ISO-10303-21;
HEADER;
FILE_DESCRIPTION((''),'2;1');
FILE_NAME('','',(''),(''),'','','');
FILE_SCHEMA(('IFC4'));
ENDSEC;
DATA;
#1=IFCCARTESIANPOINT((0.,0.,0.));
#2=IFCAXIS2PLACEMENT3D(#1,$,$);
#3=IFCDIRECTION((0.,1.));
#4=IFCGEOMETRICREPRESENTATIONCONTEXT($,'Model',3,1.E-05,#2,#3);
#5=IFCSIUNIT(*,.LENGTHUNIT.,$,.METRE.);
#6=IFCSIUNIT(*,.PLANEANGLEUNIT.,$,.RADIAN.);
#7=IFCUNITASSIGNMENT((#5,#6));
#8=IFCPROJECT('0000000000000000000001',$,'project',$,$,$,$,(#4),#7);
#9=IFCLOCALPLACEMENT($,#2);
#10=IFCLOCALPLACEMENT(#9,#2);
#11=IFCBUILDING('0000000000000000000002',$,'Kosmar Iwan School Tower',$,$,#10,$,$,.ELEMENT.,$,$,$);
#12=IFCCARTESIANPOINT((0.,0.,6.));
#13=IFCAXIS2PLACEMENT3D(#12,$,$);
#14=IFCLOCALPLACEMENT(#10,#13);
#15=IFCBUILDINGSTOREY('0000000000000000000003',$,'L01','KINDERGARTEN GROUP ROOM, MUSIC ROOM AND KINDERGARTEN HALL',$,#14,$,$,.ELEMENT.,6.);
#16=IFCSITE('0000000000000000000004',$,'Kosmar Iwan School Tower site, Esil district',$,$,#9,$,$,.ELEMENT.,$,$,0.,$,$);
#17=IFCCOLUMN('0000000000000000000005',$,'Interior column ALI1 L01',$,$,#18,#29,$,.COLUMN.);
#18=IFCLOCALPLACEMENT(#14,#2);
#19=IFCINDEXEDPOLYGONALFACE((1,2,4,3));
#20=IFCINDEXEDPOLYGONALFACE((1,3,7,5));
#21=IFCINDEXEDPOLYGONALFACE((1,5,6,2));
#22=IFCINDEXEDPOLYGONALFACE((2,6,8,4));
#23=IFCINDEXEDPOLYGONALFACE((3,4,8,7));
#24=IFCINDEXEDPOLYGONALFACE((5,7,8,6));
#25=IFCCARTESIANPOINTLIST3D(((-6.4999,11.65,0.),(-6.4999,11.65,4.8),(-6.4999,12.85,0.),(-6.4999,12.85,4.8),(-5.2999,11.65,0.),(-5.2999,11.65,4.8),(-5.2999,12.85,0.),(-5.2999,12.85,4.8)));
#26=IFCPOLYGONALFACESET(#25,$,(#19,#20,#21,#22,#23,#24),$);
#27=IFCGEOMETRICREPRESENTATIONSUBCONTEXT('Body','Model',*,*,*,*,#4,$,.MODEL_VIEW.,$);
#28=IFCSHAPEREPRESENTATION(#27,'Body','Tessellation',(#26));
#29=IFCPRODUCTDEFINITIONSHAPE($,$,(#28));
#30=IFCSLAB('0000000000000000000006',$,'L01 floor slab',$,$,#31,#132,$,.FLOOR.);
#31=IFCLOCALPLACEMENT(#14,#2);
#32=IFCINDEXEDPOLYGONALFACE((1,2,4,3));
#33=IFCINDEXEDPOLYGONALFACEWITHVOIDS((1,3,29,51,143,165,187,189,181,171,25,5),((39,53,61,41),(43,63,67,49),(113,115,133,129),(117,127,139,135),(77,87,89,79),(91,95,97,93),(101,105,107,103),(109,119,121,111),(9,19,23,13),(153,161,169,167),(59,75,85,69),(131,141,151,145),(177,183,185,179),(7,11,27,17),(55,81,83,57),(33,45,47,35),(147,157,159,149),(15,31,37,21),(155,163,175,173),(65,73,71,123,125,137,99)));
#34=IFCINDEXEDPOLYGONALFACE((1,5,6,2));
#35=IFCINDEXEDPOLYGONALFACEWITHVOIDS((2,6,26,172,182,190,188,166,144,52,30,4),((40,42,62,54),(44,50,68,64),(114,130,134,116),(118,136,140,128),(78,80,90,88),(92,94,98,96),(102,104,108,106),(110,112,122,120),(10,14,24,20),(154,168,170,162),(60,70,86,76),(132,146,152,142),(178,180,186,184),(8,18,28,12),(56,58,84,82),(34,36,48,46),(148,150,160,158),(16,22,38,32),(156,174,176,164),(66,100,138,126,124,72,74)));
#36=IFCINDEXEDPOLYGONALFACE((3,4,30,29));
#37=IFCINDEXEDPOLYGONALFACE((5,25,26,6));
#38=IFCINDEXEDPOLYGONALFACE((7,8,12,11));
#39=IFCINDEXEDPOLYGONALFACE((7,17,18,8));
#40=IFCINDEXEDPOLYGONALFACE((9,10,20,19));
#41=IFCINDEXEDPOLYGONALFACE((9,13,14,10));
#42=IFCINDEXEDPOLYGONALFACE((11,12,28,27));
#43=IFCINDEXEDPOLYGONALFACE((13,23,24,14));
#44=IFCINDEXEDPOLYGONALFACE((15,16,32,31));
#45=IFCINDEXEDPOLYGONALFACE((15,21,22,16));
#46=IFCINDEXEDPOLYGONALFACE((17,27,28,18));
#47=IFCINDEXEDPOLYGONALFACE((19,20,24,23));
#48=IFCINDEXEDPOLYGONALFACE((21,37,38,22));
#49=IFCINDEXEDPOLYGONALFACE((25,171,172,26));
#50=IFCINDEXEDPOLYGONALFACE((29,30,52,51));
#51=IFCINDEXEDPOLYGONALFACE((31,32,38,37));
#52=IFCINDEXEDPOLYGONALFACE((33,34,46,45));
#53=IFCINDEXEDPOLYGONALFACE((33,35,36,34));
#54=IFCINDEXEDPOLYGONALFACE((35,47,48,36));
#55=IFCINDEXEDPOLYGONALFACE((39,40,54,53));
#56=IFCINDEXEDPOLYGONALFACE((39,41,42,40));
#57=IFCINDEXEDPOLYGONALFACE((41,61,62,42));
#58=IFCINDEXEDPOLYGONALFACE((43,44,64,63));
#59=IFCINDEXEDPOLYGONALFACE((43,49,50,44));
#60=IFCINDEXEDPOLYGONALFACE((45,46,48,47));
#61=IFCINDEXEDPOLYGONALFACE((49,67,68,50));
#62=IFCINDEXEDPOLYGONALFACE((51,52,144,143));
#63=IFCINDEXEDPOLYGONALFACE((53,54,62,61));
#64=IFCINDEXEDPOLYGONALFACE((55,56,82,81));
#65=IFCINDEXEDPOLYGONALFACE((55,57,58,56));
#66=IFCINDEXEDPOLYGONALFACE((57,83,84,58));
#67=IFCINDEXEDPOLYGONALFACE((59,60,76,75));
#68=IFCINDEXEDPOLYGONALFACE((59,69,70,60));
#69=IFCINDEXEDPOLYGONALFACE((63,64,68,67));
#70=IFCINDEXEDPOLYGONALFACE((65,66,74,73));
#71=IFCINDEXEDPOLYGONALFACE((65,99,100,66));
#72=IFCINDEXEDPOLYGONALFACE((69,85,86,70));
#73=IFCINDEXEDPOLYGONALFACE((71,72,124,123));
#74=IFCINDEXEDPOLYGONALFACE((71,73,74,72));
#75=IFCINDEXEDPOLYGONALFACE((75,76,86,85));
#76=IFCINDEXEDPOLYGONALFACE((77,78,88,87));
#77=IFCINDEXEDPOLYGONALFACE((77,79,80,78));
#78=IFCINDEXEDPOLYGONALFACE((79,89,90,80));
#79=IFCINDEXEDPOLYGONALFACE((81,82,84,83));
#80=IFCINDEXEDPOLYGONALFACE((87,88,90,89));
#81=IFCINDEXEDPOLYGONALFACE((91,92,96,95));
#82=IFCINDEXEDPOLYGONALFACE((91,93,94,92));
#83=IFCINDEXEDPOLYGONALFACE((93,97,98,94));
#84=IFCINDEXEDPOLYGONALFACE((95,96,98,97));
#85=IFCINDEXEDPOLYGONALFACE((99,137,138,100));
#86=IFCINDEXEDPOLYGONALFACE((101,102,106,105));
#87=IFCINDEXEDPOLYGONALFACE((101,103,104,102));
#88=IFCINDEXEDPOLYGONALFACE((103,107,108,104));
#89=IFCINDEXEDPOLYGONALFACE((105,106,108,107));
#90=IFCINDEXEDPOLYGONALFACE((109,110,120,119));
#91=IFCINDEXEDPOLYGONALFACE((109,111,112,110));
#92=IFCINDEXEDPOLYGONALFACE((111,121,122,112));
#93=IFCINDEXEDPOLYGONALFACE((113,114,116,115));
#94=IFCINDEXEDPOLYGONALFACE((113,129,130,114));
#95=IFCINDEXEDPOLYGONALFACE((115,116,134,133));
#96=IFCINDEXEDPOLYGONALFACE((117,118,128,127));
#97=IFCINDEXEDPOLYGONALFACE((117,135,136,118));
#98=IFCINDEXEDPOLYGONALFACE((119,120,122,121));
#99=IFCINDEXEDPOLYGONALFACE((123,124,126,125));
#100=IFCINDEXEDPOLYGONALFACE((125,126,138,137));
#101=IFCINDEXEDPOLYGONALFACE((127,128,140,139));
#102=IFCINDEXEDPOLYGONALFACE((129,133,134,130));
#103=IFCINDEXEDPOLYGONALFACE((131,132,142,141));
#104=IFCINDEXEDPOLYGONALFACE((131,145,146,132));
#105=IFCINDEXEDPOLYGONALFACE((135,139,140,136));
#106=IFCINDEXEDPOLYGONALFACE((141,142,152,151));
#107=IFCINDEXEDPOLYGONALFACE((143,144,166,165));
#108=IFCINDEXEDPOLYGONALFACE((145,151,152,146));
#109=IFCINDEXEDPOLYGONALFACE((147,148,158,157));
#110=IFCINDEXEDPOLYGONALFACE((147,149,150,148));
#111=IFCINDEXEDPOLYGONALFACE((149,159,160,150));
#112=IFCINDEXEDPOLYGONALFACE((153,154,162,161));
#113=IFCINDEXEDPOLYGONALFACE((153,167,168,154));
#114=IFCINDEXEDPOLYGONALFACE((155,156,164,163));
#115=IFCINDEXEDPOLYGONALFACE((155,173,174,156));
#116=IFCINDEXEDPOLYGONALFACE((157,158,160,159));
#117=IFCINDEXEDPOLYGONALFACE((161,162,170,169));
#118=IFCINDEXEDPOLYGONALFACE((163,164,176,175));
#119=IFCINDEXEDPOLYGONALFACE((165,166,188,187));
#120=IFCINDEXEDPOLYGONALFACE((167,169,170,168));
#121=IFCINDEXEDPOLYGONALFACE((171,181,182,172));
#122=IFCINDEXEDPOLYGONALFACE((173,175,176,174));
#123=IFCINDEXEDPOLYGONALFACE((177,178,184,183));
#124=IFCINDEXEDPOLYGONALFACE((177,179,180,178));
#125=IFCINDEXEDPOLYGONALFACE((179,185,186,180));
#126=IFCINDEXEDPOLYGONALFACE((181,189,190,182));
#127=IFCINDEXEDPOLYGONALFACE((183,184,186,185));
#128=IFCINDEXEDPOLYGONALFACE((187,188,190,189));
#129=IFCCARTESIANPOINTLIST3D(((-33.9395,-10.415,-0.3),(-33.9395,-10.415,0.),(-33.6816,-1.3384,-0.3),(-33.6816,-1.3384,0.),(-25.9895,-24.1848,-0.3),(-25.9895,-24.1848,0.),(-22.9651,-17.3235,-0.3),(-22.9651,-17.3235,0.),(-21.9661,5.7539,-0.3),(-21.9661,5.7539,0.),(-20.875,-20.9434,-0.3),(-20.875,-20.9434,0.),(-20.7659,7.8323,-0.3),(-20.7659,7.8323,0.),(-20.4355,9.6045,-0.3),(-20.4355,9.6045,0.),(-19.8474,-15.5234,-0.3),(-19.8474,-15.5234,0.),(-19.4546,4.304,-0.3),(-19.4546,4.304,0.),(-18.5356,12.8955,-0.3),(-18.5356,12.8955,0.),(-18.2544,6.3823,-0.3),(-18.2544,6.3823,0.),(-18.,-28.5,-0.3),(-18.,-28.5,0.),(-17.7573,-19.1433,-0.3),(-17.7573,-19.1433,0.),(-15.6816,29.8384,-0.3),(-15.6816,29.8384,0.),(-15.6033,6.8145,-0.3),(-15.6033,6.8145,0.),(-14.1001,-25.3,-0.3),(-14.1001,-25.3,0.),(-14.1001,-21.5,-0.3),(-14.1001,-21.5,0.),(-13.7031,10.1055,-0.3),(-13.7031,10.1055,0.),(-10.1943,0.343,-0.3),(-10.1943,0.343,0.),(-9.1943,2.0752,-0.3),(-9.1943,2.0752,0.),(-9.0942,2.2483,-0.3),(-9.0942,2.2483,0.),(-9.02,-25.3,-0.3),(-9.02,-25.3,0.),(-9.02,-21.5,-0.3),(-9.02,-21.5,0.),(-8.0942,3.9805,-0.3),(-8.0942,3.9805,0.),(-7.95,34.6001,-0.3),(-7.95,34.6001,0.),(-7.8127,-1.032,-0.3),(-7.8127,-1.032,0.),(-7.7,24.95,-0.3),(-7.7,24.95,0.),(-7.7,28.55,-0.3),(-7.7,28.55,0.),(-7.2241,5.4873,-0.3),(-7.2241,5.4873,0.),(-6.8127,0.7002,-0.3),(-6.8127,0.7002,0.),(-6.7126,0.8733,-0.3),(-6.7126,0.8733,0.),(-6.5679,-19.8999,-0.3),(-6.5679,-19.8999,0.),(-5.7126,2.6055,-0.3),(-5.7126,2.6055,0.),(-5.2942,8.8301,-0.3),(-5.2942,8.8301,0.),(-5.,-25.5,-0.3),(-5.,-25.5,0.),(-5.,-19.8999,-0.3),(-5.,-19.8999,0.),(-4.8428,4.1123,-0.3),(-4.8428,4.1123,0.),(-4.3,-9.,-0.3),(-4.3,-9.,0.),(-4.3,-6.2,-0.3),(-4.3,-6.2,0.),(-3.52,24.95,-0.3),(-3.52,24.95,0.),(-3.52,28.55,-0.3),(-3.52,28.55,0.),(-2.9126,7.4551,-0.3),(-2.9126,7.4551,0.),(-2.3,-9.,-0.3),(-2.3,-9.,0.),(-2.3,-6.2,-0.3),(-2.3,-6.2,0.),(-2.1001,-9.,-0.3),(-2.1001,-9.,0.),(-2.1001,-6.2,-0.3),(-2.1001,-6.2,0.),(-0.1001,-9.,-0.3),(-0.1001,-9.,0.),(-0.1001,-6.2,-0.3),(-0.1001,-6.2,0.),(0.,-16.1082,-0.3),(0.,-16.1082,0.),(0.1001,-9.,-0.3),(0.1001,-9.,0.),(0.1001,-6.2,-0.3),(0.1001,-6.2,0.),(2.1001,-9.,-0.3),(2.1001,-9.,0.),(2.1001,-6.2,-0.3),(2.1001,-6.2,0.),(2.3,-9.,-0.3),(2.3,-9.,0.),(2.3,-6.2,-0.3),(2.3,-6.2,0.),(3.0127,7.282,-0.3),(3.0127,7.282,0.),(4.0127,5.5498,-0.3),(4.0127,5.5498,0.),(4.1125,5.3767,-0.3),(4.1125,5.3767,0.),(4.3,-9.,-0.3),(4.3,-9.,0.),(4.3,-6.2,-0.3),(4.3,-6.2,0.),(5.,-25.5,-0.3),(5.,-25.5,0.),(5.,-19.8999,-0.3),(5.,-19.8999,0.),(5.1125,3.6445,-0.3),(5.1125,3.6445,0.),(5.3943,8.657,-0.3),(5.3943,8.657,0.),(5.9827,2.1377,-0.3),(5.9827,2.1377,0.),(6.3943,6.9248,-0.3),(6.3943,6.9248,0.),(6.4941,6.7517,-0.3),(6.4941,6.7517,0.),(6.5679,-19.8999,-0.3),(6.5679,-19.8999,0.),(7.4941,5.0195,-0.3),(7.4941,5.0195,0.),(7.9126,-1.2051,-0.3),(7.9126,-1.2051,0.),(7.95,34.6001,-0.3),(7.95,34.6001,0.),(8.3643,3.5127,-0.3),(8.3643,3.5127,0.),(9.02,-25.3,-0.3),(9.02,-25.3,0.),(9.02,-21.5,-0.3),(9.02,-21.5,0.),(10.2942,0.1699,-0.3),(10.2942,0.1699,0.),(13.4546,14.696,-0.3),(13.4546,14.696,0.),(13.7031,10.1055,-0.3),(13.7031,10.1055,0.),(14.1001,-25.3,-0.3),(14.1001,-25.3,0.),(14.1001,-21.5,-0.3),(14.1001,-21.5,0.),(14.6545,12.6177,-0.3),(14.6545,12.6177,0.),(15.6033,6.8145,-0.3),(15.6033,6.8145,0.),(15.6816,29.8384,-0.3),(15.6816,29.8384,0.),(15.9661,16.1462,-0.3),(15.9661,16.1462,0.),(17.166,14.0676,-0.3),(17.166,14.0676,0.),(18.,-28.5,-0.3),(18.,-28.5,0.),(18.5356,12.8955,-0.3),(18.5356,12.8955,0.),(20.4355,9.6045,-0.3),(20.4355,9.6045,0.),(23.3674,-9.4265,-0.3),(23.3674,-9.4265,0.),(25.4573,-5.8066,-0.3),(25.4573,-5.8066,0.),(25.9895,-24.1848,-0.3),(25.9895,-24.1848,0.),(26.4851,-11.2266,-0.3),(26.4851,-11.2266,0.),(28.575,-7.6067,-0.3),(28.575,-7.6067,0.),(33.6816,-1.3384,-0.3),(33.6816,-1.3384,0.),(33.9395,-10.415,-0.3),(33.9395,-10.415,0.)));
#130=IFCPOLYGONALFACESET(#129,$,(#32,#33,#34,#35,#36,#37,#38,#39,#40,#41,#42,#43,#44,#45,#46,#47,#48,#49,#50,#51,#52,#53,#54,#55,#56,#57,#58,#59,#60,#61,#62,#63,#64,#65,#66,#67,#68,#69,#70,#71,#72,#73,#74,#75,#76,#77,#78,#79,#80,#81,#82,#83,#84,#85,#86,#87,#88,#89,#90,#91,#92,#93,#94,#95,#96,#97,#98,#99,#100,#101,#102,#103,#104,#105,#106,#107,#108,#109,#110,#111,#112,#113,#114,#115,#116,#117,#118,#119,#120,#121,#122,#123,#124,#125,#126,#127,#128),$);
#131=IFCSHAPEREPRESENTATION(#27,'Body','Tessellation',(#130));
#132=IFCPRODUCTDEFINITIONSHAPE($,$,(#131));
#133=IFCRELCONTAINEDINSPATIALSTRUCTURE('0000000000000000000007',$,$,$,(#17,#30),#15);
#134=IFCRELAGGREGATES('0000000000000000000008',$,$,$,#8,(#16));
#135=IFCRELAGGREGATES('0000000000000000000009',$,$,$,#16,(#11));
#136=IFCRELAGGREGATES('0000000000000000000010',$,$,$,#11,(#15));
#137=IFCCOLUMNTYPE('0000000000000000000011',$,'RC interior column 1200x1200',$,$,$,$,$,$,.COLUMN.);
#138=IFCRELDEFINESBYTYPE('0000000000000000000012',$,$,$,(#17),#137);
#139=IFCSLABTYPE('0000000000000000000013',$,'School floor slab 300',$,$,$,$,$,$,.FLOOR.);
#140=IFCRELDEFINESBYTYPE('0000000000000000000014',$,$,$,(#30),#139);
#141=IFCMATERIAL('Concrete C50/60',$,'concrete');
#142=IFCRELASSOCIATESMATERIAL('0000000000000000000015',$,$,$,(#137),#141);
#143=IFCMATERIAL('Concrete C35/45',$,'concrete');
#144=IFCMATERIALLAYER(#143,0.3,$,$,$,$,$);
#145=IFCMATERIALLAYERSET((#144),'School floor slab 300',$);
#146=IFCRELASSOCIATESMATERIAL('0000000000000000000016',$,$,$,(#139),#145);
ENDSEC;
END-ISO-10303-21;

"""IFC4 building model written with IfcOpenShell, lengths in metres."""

from ifc_helpers import new_model, si_unit, direction, frame, origin, origin_2d, place, context, subcontext, project, spatial, polyline, rectangle, outline, extrude, material, layer, layer_set, material_profile, profile_set, type_object, element, save


model = new_model("IFC4")

# Units and contexts
model_context = context("Model", 3, precision=1e-05, world=origin(), true_north=direction((0.0, 1.0)))
body_context = subcontext(model_context, "Body", "Model", "MODEL_VIEW")
ifc_project = project(units=[si_unit("LENGTHUNIT", "METRE"), si_unit("PLANEANGLEUNIT", "RADIAN")], contexts=[model_context])

# Site, building, storey
site_placement = place(None, origin())
site = spatial("IfcSite", under=ifc_project, at=site_placement, Name="Kosmar Iwan School Tower site, Esil district", CompositionType="ELEMENT", RefElevation=0.0)
building_placement = place(site_placement, origin())
building = spatial("IfcBuilding", under=site, at=building_placement, Name="Kosmar Iwan School Tower", CompositionType="ELEMENT")
storey_placement = place(building_placement, frame((0.0, 0.0, 6.0)))
storey = spatial("IfcBuildingStorey", under=building, at=storey_placement, Name="L01", Description="KINDERGARTEN GROUP ROOM, MUSIC ROOM AND KINDERGARTEN HALL", CompositionType="ELEMENT", Elevation=6.0)

# Column
ifc_material_1 = material(Name="Concrete C50/60", Category="concrete")
ifc_material_profile = material_profile(ifc_material_1, rectangle(XDim=1.2, YDim=1.2, at=origin_2d()), Name="RC 1200x1200")
ifc_profile_set = profile_set([ifc_material_profile], Name="Concrete C50/60")
column_type = type_object("IfcColumnType", Name="RC interior column 1200x1200", PredefinedType="COLUMN", material=ifc_profile_set)
column_placement = place(storey_placement, frame((-5.8999, 12.25, 0.0), z_axis=(0.0, 0.0, 1.0), x_axis=(0.0, 1.0, 0.0)))
element("IfcColumn", 1, at=column_placement, inside=storey, type_object=column_type, Name="Interior column ALI1 L01", PredefinedType="COLUMN", context=body_context, shape_type="SweptSolid", body=[
    extrude(rectangle(XDim=1.2, YDim=1.2, at=origin_2d()), origin(), (0.0, 0.0, 1.0), 4.8),
])

# Slab
ifc_material_2 = material(Name="Concrete C35/45", Category="concrete")
ifc_layer_1 = layer(ifc_material_2, 0.3)
ifc_layer_set_1 = layer_set([ifc_layer_1], Name="School floor slab 300")
slab_type = type_object("IfcSlabType", Name="School floor slab 300", PredefinedType="FLOOR", material=ifc_layer_set_1)
slab_placement = place(storey_placement, frame((0.0, 0.0, -0.3)))
element("IfcSlab", 2, at=slab_placement, inside=storey, type_object=slab_type, Name="L01 floor slab", PredefinedType="FLOOR", context=body_context, shape_type="SweptSolid", body=[
    extrude(outline(polyline([(-18.0, -28.5), (18.0, -28.5), (25.9895, -24.1848), (33.9395, -10.415), (33.6816, -1.3384), (15.6816, 29.8384), (7.95, 34.6001), (-7.95, 34.6001), (-15.6816, 29.8384), (-33.6816, -1.3384), (-33.9395, -10.415), (-25.9895, -24.1848), (-18.0, -28.5)]), holes=[polyline([(7.9126, -1.2051), (10.2942, 0.1699), (8.3643, 3.5127), (5.9827, 2.1377), (7.9126, -1.2051)]), polyline([(-2.9126, 7.4551), (-5.2942, 8.8301), (-7.2241, 5.4873), (-4.8428, 4.1123), (-2.9126, 7.4551)]), polyline([(-5.7126, 2.6055), (-8.0942, 3.9805), (-9.0942, 2.2483), (-6.7126, 0.8733), (-5.7126, 2.6055)]), polyline([(-6.8127, 0.7002), (-9.1943, 2.0752), (-10.1943, 0.343), (-7.8127, -1.032), (-6.8127, 0.7002)]), polyline([(5.1125, 3.6445), (7.4941, 5.0195), (6.4941, 6.7517), (4.1125, 5.3767), (5.1125, 3.6445)]), polyline([(4.0127, 5.5498), (6.3943, 6.9248), (5.3943, 8.657), (3.0127, 7.282), (4.0127, 5.5498)]), polyline([(-4.3, -6.2), (-4.3, -9.0), (-2.3, -9.0), (-2.3, -6.2), (-4.3, -6.2)]), polyline([(-2.1001, -6.2), (-2.1001, -9.0), (-0.1001, -9.0), (-0.1001, -6.2), (-2.1001, -6.2)]), polyline([(0.1001, -6.2), (0.1001, -9.0), (2.1001, -9.0), (2.1001, -6.2), (0.1001, -6.2)]), polyline([(2.3, -6.2), (2.3, -9.0), (4.3, -9.0), (4.3, -6.2), (2.3, -6.2)]), polyline([(-3.52, 24.95), (-3.52, 28.55), (-7.7, 28.55), (-7.7, 24.95), (-3.52, 24.95)]), polyline([(-19.8474, -15.5234), (-22.9651, -17.3235), (-20.875, -20.9434), (-17.7573, -19.1433), (-19.8474, -15.5234)]), polyline([(23.3674, -9.4265), (26.4851, -11.2266), (28.575, -7.6067), (25.4573, -5.8066), (23.3674, -9.4265)]), polyline([(6.5679, -19.8999), (5.0, -19.8999), (5.0, -25.5), (-5.0, -25.5), (-5.0, -19.8999), (-6.5679, -19.8999), (0.0, -16.1082), (6.5679, -19.8999)]), polyline([(-14.1001, -21.5), (-14.1001, -25.3), (-9.02, -25.3), (-9.02, -21.5), (-14.1001, -21.5)]), polyline([(9.02, -21.5), (9.02, -25.3), (14.1001, -25.3), (14.1001, -21.5), (9.02, -21.5)]), polyline([(15.6033, 6.8145), (20.4355, 9.6045), (18.5356, 12.8955), (13.7031, 10.1055), (15.6033, 6.8145)]), polyline([(-13.7031, 10.1055), (-18.5356, 12.8955), (-20.4355, 9.6045), (-15.6033, 6.8145), (-13.7031, 10.1055)]), polyline([(14.6545, 12.6177), (17.166, 14.0676), (15.9661, 16.1462), (13.4546, 14.696), (14.6545, 12.6177)]), polyline([(-18.2544, 6.3823), (-20.7659, 7.8323), (-21.9661, 5.7539), (-19.4546, 4.304), (-18.2544, 6.3823)])]), origin(), (0.0, 0.0, 1.0), 0.3),
])

save(model, "model.ifc")
